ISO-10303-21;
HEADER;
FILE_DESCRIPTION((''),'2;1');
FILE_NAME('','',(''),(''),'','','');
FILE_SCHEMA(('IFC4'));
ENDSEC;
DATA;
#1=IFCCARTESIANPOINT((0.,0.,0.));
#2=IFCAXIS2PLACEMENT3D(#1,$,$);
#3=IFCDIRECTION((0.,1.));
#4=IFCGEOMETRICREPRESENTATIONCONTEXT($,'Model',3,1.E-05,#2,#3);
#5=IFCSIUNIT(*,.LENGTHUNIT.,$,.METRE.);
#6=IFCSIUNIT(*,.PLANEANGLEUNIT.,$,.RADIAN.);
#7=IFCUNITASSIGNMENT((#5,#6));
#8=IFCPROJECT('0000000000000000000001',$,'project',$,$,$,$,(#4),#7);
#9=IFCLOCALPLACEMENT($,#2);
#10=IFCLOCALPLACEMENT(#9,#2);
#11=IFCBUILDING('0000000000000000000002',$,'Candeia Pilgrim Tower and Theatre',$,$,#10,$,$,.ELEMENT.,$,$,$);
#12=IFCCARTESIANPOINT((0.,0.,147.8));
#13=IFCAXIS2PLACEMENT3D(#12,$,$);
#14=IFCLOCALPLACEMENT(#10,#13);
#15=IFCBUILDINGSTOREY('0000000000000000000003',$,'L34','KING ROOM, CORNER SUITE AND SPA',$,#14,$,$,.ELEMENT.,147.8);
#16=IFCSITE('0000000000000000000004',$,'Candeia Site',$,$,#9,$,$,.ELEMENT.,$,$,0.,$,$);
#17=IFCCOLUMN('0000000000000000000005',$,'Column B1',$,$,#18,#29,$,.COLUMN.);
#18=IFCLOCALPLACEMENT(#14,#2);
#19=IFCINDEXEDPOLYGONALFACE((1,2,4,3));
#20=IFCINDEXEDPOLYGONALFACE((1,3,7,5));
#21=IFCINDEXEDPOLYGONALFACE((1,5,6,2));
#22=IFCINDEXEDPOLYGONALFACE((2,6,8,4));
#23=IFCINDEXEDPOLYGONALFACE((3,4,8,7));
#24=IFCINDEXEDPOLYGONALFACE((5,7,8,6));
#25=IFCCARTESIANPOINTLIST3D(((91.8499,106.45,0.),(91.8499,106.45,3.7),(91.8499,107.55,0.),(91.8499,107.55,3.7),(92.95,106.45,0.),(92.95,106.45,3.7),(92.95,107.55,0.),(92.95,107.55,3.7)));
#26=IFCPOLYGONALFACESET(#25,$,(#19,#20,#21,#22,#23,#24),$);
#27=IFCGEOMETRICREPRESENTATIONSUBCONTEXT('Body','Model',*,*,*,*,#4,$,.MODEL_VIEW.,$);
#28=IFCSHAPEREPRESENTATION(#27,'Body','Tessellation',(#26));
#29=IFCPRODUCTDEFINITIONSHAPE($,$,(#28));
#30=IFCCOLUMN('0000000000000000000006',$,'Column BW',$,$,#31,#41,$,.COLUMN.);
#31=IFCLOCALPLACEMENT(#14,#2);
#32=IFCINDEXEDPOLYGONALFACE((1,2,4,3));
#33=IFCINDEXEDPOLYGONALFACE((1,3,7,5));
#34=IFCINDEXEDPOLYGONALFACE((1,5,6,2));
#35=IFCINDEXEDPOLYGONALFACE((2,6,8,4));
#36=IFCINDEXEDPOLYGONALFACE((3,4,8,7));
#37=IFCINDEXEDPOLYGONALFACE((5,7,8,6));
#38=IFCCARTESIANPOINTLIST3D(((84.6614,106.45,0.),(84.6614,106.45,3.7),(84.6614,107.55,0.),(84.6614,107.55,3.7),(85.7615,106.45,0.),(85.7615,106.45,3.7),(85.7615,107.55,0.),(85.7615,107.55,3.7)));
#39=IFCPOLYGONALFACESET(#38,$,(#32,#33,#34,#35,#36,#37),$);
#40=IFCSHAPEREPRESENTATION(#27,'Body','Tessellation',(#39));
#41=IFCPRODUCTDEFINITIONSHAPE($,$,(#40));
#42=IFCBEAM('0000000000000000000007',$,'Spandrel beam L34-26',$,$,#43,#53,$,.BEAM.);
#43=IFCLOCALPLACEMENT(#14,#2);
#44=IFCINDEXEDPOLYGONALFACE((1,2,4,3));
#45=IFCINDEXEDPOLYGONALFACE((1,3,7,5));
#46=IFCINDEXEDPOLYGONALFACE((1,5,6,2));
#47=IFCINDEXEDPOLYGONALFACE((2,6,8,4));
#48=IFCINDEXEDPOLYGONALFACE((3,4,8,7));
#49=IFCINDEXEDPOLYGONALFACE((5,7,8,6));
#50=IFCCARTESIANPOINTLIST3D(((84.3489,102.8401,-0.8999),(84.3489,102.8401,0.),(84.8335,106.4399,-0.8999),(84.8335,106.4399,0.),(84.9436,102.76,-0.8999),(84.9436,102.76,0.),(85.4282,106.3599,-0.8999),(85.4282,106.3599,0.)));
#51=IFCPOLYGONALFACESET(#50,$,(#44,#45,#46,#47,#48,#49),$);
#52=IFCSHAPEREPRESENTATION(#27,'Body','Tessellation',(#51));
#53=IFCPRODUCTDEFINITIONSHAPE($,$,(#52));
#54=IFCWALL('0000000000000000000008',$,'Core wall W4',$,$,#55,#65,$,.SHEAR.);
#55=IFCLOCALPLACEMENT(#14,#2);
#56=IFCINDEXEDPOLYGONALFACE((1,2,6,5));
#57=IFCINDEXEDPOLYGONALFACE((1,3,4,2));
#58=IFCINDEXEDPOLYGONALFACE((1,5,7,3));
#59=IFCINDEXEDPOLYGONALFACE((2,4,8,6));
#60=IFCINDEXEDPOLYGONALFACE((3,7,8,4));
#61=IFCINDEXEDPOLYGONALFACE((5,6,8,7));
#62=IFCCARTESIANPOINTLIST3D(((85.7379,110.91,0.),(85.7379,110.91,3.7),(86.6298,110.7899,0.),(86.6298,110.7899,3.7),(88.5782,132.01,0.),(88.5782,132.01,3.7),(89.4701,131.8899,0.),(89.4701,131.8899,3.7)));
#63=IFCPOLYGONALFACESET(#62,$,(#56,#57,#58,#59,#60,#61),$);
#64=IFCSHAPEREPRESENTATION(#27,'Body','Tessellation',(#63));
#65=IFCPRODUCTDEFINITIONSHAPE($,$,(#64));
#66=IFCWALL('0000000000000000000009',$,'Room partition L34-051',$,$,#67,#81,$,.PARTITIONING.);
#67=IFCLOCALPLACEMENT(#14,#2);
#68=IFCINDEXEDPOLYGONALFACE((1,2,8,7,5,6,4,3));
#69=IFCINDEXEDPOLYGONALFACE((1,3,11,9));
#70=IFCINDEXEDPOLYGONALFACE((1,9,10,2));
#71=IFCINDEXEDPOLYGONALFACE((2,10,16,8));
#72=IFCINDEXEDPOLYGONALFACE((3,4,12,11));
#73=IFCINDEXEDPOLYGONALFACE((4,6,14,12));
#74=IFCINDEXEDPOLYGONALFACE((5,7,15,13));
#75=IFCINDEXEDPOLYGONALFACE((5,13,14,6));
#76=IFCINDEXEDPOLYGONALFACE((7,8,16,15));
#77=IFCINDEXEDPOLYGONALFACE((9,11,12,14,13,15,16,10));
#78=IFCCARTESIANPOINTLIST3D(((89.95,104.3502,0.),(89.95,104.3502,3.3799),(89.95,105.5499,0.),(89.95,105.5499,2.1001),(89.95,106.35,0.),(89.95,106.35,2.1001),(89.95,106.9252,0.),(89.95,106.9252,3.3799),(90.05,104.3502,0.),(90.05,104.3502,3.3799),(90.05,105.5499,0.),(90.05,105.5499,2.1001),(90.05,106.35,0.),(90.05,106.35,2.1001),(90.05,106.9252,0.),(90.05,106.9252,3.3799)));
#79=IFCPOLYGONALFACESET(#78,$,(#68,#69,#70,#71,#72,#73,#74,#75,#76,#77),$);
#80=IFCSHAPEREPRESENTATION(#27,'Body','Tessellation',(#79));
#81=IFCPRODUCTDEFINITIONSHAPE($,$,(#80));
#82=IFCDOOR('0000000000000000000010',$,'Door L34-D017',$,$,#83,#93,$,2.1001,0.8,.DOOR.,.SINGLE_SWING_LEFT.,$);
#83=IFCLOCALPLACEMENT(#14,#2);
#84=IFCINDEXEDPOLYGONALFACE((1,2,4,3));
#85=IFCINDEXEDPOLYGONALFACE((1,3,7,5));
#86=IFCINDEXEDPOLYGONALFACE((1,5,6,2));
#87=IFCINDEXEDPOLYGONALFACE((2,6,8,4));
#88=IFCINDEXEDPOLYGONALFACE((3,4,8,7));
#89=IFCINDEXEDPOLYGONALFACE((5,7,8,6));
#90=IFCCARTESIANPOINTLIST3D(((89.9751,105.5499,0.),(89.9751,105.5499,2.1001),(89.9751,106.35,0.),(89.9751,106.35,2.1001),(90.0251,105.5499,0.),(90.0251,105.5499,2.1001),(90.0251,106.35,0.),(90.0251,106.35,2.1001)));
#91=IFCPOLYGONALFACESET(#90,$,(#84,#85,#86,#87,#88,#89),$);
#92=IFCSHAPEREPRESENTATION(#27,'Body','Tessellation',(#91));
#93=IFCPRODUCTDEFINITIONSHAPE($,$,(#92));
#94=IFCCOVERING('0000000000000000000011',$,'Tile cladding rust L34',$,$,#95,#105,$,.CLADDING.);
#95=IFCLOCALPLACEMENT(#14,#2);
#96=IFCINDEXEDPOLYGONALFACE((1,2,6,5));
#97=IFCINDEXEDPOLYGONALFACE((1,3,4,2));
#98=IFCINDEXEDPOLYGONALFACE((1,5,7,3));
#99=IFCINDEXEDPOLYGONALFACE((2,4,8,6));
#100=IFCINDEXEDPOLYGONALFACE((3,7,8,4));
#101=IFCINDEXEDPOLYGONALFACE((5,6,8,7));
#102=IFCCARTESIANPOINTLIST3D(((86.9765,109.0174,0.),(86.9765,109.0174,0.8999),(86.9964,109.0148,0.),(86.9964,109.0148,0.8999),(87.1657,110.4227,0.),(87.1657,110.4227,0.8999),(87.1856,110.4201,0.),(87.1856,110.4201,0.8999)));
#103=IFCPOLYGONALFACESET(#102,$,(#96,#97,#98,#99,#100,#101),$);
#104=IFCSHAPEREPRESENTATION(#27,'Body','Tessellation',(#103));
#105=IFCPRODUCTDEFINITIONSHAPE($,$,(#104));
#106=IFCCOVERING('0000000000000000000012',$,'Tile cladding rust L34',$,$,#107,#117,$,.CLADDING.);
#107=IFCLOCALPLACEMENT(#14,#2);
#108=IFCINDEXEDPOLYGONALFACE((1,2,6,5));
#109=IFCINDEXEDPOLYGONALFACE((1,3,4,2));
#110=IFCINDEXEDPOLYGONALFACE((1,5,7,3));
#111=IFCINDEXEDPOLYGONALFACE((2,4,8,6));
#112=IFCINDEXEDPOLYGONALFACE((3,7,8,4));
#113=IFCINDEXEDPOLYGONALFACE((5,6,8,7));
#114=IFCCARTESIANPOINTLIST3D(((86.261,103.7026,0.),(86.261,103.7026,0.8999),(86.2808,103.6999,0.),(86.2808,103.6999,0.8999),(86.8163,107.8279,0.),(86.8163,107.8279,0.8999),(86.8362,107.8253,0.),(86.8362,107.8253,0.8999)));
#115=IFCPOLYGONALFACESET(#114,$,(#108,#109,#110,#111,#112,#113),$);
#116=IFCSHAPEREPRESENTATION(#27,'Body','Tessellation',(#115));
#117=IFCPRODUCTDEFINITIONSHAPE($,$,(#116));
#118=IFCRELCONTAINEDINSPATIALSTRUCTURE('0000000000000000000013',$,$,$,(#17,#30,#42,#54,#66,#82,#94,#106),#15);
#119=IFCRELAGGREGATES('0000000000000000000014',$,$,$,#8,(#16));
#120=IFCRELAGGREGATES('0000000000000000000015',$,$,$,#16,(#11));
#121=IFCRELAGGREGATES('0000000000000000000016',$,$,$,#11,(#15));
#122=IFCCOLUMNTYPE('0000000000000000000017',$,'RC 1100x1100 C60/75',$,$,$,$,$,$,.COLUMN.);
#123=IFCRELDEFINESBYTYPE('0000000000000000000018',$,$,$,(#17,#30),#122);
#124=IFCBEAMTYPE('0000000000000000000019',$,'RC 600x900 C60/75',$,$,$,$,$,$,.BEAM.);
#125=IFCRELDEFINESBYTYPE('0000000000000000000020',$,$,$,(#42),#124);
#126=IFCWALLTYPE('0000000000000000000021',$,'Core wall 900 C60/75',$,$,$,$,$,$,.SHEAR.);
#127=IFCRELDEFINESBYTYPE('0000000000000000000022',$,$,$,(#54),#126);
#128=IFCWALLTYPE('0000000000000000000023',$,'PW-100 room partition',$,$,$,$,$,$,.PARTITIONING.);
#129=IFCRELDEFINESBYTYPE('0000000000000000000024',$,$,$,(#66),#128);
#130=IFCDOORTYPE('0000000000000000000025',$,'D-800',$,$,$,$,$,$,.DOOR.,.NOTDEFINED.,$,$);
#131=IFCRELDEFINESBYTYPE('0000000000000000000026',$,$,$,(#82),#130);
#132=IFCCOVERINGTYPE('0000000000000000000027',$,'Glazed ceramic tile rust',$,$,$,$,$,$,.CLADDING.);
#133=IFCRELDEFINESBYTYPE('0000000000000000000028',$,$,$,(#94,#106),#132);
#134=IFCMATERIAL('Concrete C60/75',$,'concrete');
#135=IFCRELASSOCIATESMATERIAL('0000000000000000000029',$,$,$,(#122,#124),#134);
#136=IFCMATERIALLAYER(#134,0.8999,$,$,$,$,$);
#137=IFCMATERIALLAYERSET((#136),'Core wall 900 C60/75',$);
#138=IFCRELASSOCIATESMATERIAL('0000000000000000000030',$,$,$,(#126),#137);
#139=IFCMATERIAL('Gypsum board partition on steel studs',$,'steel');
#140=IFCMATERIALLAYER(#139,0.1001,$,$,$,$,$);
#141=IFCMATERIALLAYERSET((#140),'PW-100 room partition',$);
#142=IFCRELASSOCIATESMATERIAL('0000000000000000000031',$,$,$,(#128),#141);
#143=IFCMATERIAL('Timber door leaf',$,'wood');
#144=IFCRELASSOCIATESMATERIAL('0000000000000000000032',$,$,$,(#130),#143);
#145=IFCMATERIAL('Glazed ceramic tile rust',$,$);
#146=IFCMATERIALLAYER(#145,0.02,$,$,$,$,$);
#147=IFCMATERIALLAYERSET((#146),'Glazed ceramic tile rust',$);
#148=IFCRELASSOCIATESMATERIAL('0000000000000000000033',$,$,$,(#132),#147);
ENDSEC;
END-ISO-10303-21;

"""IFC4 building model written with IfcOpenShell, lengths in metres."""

from ifc_helpers import new_model, si_unit, direction, frame, frame_2d, origin, origin_2d, place, context, subcontext, project, spatial, rectangle, extrude, material, layer, layer_set, material_profile, profile_set, type_object, element, fill, save


model = new_model("IFC4")

# Units and contexts
model_context = context("Model", 3, precision=1e-05, world=origin(), true_north=direction((0.0, 1.0)))
body_context = subcontext(model_context, "Body", "Model", "MODEL_VIEW")
ifc_project = project(units=[si_unit("LENGTHUNIT", "METRE"), si_unit("PLANEANGLEUNIT", "RADIAN")], contexts=[model_context])

# Site, building, storey
site_placement = place(None, origin())
site = spatial("IfcSite", under=ifc_project, at=site_placement, Name="Candeia Site", CompositionType="ELEMENT", RefElevation=0.0)
building_placement = place(site_placement, origin())
building = spatial("IfcBuilding", under=site, at=building_placement, Name="Candeia Pilgrim Tower and Theatre", CompositionType="ELEMENT")
storey_placement = place(building_placement, frame((0.0, 0.0, 147.8)))
storey = spatial("IfcBuildingStorey", under=building, at=storey_placement, Name="L34", Description="KING ROOM, CORNER SUITE AND SPA", CompositionType="ELEMENT", Elevation=147.8)

# Columns
ifc_material_1 = material(Name="Concrete C60/75", Category="concrete")
ifc_material_profile_1 = material_profile(ifc_material_1, rectangle(XDim=1.1001, YDim=1.1001, at=origin_2d()))
ifc_profile_set_1 = profile_set([ifc_material_profile_1], Name="Concrete C60/75")
column_type = type_object("IfcColumnType", Name="RC 1100x1100 C60/75", PredefinedType="COLUMN", material=ifc_profile_set_1)
for number, where, z_axis, x_axis, name in (
    (1, (92.3999, 107.0, 0.0), (0.0, 0.0, 1.0), (1.0, 0.0, 0.0), "Column B1"),
    (2, (85.2114, 107.0, 0.0), (0.0, 0.0, 1.0), (1.0, 0.0, 0.0), "Column BW"),
):
    element("IfcColumn", number, at=place(storey_placement, frame(where, z_axis=z_axis, x_axis=x_axis)), inside=storey, type_object=column_type, Name=name, PredefinedType="COLUMN", context=body_context, shape_type="SweptSolid", body=[
        extrude(rectangle(XDim=1.1001, YDim=1.1001, at=origin_2d()), origin(), (0.0, 0.0, 1.0), 3.7),
    ])

# Beam
ifc_material_profile_2 = material_profile(ifc_material_1, rectangle(XDim=0.6001, YDim=0.8999, at=origin_2d()))
ifc_profile_set_2 = profile_set([ifc_material_profile_2], Name="Concrete C60/75")
beam_type = type_object("IfcBeamType", Name="RC 600x900 C60/75", PredefinedType="BEAM", material=ifc_profile_set_2)
beam_placement = place(storey_placement, frame((85.1309, 106.3999, -0.45), z_axis=(-0.133418, -0.99106, 0.0), x_axis=(0.99106, -0.133418, 0.0)))
element("IfcBeam", 3, at=beam_placement, inside=storey, type_object=beam_type, Name="Spandrel beam L34-26", PredefinedType="BEAM", context=body_context, shape_type="SweptSolid", body=[
    extrude(rectangle(XDim=0.6001, YDim=0.8999, at=origin_2d()), origin(), (0.0, 0.0, 1.0), 3.6323),
])

# Wall
ifc_layer_1 = layer(ifc_material_1, 0.8999)
ifc_layer_set_1 = layer_set([ifc_layer_1], Name="Core wall 900 C60/75")
wall_type_1 = type_object("IfcWallType", Name="Core wall 900 C60/75", PredefinedType="SHEAR", material=ifc_layer_set_1)
wall_1_placement = place(storey_placement, frame((86.1838, 110.8501, 0.0), z_axis=(0.0, 0.0, 1.0), x_axis=(0.13341, 0.991061, 0.0)))
element("IfcWall", 4, at=wall_1_placement, inside=storey, type_object=wall_type_1, Name="Core wall W4", PredefinedType="SHEAR", context=body_context, shape_type="SweptSolid", body=[
    extrude(rectangle(XDim=21.2903, YDim=0.8999, at=frame_2d((10.645, 0.0))), origin(), (0.0, 0.0, 1.0), 3.7),
])

# Wall, opening, door
ifc_material_2 = material(Name="Gypsum board partition on steel studs", Category="steel")
ifc_layer_2 = layer(ifc_material_2, 0.1001)
ifc_layer_set_2 = layer_set([ifc_layer_2], Name="PW-100 room partition")
wall_type_2 = type_object("IfcWallType", Name="PW-100 room partition", PredefinedType="PARTITIONING", material=ifc_layer_set_2)
wall_2_placement = place(storey_placement, frame((90.0, 104.3501, 0.0), z_axis=(0.0, 0.0, 1.0), x_axis=(0.0, 1.0, 0.0)))
wall_2 = element("IfcWall", 5, at=wall_2_placement, inside=storey, type_object=wall_type_2, Name="Room partition L34-051", PredefinedType="PARTITIONING", context=body_context, shape_type="SweptSolid", body=[
    extrude(rectangle(XDim=2.575, YDim=0.1001, at=frame_2d((1.2876, 0.0))), origin(), (0.0, 0.0, 1.0), 3.3799),
])
opening_1_placement = place(wall_2_placement, frame((1.2, 0.0, 0.0)))
opening_1 = element("IfcOpeningElement", 6, at=opening_1_placement, cuts=wall_2, PredefinedType="OPENING", context=body_context, shape_type="SweptSolid", body=[
    extrude(rectangle(XDim=0.8, YDim=2.1001, at=frame_2d((0.3999, 1.05))), frame((0.0, 0.0601, 0.0), z_axis=(0.0, -1.0, 0.0), x_axis=(1.0, 0.0, 0.0)), (0.0, 0.0, 1.0), 0.1201),
])
ifc_material_3 = material(Name="Timber door leaf", Category="wood")
door_type_1 = type_object("IfcDoorType", Name="D-800", OperationType="NOTDEFINED", PredefinedType="DOOR", material=ifc_material_3)
door_1_placement = place(opening_1_placement, origin())
door_1 = element("IfcDoor", 7, at=door_1_placement, inside=storey, type_object=door_type_1, Name="Door L34-D017", OperationType="SINGLE_SWING_LEFT", OverallHeight=2.1001, OverallWidth=0.8, PredefinedType="DOOR", context=body_context, shape_type="SweptSolid", body=[
    extrude(rectangle(XDim=0.8, YDim=2.1001, at=frame_2d((0.3999, 1.05))), frame((0.0, 0.0249, 0.0), z_axis=(0.0, -1.0, 0.0), x_axis=(1.0, 0.0, 0.0)), (0.0, 0.0, 1.0), 0.05),
])
fill(opening_1, door_1)

# Coverings
ifc_material_4 = material(Name="Glazed ceramic tile rust")
ifc_layer_3 = layer(ifc_material_4, 0.02)
ifc_layer_set_3 = layer_set([ifc_layer_3], Name="Glazed ceramic tile rust")
covering_type = type_object("IfcCoveringType", Name="Glazed ceramic tile rust", PredefinedType="CLADDING", material=ifc_layer_set_3)
covering_1_placement = place(storey_placement, frame((87.0811, 109.7188, 0.0), z_axis=(0.0, 0.0, 1.0), x_axis=(-0.133412, -0.991061, 0.0)))
element("IfcCovering", 8, at=covering_1_placement, inside=storey, type_object=covering_type, Name="Tile cladding rust L34", PredefinedType="CLADDING", context=body_context, shape_type="SweptSolid", body=[
    extrude(rectangle(XDim=1.418, YDim=0.02, at=origin_2d()), origin(), (0.0, 0.0, 1.0), 0.8999),
])
covering_2_placement = place(storey_placement, frame((86.5486, 105.7639, 0.0), z_axis=(0.0, 0.0, 1.0), x_axis=(-0.133412, -0.991061, 0.0)))
element("IfcCovering", 9, at=covering_2_placement, inside=storey, type_object=covering_type, Name="Tile cladding rust L34", PredefinedType="CLADDING", context=body_context, shape_type="SweptSolid", body=[
    extrude(rectangle(XDim=4.1626, YDim=0.02, at=origin_2d()), origin(), (0.0, 0.0, 1.0), 0.8999),
])

save(model, "model.ifc")
